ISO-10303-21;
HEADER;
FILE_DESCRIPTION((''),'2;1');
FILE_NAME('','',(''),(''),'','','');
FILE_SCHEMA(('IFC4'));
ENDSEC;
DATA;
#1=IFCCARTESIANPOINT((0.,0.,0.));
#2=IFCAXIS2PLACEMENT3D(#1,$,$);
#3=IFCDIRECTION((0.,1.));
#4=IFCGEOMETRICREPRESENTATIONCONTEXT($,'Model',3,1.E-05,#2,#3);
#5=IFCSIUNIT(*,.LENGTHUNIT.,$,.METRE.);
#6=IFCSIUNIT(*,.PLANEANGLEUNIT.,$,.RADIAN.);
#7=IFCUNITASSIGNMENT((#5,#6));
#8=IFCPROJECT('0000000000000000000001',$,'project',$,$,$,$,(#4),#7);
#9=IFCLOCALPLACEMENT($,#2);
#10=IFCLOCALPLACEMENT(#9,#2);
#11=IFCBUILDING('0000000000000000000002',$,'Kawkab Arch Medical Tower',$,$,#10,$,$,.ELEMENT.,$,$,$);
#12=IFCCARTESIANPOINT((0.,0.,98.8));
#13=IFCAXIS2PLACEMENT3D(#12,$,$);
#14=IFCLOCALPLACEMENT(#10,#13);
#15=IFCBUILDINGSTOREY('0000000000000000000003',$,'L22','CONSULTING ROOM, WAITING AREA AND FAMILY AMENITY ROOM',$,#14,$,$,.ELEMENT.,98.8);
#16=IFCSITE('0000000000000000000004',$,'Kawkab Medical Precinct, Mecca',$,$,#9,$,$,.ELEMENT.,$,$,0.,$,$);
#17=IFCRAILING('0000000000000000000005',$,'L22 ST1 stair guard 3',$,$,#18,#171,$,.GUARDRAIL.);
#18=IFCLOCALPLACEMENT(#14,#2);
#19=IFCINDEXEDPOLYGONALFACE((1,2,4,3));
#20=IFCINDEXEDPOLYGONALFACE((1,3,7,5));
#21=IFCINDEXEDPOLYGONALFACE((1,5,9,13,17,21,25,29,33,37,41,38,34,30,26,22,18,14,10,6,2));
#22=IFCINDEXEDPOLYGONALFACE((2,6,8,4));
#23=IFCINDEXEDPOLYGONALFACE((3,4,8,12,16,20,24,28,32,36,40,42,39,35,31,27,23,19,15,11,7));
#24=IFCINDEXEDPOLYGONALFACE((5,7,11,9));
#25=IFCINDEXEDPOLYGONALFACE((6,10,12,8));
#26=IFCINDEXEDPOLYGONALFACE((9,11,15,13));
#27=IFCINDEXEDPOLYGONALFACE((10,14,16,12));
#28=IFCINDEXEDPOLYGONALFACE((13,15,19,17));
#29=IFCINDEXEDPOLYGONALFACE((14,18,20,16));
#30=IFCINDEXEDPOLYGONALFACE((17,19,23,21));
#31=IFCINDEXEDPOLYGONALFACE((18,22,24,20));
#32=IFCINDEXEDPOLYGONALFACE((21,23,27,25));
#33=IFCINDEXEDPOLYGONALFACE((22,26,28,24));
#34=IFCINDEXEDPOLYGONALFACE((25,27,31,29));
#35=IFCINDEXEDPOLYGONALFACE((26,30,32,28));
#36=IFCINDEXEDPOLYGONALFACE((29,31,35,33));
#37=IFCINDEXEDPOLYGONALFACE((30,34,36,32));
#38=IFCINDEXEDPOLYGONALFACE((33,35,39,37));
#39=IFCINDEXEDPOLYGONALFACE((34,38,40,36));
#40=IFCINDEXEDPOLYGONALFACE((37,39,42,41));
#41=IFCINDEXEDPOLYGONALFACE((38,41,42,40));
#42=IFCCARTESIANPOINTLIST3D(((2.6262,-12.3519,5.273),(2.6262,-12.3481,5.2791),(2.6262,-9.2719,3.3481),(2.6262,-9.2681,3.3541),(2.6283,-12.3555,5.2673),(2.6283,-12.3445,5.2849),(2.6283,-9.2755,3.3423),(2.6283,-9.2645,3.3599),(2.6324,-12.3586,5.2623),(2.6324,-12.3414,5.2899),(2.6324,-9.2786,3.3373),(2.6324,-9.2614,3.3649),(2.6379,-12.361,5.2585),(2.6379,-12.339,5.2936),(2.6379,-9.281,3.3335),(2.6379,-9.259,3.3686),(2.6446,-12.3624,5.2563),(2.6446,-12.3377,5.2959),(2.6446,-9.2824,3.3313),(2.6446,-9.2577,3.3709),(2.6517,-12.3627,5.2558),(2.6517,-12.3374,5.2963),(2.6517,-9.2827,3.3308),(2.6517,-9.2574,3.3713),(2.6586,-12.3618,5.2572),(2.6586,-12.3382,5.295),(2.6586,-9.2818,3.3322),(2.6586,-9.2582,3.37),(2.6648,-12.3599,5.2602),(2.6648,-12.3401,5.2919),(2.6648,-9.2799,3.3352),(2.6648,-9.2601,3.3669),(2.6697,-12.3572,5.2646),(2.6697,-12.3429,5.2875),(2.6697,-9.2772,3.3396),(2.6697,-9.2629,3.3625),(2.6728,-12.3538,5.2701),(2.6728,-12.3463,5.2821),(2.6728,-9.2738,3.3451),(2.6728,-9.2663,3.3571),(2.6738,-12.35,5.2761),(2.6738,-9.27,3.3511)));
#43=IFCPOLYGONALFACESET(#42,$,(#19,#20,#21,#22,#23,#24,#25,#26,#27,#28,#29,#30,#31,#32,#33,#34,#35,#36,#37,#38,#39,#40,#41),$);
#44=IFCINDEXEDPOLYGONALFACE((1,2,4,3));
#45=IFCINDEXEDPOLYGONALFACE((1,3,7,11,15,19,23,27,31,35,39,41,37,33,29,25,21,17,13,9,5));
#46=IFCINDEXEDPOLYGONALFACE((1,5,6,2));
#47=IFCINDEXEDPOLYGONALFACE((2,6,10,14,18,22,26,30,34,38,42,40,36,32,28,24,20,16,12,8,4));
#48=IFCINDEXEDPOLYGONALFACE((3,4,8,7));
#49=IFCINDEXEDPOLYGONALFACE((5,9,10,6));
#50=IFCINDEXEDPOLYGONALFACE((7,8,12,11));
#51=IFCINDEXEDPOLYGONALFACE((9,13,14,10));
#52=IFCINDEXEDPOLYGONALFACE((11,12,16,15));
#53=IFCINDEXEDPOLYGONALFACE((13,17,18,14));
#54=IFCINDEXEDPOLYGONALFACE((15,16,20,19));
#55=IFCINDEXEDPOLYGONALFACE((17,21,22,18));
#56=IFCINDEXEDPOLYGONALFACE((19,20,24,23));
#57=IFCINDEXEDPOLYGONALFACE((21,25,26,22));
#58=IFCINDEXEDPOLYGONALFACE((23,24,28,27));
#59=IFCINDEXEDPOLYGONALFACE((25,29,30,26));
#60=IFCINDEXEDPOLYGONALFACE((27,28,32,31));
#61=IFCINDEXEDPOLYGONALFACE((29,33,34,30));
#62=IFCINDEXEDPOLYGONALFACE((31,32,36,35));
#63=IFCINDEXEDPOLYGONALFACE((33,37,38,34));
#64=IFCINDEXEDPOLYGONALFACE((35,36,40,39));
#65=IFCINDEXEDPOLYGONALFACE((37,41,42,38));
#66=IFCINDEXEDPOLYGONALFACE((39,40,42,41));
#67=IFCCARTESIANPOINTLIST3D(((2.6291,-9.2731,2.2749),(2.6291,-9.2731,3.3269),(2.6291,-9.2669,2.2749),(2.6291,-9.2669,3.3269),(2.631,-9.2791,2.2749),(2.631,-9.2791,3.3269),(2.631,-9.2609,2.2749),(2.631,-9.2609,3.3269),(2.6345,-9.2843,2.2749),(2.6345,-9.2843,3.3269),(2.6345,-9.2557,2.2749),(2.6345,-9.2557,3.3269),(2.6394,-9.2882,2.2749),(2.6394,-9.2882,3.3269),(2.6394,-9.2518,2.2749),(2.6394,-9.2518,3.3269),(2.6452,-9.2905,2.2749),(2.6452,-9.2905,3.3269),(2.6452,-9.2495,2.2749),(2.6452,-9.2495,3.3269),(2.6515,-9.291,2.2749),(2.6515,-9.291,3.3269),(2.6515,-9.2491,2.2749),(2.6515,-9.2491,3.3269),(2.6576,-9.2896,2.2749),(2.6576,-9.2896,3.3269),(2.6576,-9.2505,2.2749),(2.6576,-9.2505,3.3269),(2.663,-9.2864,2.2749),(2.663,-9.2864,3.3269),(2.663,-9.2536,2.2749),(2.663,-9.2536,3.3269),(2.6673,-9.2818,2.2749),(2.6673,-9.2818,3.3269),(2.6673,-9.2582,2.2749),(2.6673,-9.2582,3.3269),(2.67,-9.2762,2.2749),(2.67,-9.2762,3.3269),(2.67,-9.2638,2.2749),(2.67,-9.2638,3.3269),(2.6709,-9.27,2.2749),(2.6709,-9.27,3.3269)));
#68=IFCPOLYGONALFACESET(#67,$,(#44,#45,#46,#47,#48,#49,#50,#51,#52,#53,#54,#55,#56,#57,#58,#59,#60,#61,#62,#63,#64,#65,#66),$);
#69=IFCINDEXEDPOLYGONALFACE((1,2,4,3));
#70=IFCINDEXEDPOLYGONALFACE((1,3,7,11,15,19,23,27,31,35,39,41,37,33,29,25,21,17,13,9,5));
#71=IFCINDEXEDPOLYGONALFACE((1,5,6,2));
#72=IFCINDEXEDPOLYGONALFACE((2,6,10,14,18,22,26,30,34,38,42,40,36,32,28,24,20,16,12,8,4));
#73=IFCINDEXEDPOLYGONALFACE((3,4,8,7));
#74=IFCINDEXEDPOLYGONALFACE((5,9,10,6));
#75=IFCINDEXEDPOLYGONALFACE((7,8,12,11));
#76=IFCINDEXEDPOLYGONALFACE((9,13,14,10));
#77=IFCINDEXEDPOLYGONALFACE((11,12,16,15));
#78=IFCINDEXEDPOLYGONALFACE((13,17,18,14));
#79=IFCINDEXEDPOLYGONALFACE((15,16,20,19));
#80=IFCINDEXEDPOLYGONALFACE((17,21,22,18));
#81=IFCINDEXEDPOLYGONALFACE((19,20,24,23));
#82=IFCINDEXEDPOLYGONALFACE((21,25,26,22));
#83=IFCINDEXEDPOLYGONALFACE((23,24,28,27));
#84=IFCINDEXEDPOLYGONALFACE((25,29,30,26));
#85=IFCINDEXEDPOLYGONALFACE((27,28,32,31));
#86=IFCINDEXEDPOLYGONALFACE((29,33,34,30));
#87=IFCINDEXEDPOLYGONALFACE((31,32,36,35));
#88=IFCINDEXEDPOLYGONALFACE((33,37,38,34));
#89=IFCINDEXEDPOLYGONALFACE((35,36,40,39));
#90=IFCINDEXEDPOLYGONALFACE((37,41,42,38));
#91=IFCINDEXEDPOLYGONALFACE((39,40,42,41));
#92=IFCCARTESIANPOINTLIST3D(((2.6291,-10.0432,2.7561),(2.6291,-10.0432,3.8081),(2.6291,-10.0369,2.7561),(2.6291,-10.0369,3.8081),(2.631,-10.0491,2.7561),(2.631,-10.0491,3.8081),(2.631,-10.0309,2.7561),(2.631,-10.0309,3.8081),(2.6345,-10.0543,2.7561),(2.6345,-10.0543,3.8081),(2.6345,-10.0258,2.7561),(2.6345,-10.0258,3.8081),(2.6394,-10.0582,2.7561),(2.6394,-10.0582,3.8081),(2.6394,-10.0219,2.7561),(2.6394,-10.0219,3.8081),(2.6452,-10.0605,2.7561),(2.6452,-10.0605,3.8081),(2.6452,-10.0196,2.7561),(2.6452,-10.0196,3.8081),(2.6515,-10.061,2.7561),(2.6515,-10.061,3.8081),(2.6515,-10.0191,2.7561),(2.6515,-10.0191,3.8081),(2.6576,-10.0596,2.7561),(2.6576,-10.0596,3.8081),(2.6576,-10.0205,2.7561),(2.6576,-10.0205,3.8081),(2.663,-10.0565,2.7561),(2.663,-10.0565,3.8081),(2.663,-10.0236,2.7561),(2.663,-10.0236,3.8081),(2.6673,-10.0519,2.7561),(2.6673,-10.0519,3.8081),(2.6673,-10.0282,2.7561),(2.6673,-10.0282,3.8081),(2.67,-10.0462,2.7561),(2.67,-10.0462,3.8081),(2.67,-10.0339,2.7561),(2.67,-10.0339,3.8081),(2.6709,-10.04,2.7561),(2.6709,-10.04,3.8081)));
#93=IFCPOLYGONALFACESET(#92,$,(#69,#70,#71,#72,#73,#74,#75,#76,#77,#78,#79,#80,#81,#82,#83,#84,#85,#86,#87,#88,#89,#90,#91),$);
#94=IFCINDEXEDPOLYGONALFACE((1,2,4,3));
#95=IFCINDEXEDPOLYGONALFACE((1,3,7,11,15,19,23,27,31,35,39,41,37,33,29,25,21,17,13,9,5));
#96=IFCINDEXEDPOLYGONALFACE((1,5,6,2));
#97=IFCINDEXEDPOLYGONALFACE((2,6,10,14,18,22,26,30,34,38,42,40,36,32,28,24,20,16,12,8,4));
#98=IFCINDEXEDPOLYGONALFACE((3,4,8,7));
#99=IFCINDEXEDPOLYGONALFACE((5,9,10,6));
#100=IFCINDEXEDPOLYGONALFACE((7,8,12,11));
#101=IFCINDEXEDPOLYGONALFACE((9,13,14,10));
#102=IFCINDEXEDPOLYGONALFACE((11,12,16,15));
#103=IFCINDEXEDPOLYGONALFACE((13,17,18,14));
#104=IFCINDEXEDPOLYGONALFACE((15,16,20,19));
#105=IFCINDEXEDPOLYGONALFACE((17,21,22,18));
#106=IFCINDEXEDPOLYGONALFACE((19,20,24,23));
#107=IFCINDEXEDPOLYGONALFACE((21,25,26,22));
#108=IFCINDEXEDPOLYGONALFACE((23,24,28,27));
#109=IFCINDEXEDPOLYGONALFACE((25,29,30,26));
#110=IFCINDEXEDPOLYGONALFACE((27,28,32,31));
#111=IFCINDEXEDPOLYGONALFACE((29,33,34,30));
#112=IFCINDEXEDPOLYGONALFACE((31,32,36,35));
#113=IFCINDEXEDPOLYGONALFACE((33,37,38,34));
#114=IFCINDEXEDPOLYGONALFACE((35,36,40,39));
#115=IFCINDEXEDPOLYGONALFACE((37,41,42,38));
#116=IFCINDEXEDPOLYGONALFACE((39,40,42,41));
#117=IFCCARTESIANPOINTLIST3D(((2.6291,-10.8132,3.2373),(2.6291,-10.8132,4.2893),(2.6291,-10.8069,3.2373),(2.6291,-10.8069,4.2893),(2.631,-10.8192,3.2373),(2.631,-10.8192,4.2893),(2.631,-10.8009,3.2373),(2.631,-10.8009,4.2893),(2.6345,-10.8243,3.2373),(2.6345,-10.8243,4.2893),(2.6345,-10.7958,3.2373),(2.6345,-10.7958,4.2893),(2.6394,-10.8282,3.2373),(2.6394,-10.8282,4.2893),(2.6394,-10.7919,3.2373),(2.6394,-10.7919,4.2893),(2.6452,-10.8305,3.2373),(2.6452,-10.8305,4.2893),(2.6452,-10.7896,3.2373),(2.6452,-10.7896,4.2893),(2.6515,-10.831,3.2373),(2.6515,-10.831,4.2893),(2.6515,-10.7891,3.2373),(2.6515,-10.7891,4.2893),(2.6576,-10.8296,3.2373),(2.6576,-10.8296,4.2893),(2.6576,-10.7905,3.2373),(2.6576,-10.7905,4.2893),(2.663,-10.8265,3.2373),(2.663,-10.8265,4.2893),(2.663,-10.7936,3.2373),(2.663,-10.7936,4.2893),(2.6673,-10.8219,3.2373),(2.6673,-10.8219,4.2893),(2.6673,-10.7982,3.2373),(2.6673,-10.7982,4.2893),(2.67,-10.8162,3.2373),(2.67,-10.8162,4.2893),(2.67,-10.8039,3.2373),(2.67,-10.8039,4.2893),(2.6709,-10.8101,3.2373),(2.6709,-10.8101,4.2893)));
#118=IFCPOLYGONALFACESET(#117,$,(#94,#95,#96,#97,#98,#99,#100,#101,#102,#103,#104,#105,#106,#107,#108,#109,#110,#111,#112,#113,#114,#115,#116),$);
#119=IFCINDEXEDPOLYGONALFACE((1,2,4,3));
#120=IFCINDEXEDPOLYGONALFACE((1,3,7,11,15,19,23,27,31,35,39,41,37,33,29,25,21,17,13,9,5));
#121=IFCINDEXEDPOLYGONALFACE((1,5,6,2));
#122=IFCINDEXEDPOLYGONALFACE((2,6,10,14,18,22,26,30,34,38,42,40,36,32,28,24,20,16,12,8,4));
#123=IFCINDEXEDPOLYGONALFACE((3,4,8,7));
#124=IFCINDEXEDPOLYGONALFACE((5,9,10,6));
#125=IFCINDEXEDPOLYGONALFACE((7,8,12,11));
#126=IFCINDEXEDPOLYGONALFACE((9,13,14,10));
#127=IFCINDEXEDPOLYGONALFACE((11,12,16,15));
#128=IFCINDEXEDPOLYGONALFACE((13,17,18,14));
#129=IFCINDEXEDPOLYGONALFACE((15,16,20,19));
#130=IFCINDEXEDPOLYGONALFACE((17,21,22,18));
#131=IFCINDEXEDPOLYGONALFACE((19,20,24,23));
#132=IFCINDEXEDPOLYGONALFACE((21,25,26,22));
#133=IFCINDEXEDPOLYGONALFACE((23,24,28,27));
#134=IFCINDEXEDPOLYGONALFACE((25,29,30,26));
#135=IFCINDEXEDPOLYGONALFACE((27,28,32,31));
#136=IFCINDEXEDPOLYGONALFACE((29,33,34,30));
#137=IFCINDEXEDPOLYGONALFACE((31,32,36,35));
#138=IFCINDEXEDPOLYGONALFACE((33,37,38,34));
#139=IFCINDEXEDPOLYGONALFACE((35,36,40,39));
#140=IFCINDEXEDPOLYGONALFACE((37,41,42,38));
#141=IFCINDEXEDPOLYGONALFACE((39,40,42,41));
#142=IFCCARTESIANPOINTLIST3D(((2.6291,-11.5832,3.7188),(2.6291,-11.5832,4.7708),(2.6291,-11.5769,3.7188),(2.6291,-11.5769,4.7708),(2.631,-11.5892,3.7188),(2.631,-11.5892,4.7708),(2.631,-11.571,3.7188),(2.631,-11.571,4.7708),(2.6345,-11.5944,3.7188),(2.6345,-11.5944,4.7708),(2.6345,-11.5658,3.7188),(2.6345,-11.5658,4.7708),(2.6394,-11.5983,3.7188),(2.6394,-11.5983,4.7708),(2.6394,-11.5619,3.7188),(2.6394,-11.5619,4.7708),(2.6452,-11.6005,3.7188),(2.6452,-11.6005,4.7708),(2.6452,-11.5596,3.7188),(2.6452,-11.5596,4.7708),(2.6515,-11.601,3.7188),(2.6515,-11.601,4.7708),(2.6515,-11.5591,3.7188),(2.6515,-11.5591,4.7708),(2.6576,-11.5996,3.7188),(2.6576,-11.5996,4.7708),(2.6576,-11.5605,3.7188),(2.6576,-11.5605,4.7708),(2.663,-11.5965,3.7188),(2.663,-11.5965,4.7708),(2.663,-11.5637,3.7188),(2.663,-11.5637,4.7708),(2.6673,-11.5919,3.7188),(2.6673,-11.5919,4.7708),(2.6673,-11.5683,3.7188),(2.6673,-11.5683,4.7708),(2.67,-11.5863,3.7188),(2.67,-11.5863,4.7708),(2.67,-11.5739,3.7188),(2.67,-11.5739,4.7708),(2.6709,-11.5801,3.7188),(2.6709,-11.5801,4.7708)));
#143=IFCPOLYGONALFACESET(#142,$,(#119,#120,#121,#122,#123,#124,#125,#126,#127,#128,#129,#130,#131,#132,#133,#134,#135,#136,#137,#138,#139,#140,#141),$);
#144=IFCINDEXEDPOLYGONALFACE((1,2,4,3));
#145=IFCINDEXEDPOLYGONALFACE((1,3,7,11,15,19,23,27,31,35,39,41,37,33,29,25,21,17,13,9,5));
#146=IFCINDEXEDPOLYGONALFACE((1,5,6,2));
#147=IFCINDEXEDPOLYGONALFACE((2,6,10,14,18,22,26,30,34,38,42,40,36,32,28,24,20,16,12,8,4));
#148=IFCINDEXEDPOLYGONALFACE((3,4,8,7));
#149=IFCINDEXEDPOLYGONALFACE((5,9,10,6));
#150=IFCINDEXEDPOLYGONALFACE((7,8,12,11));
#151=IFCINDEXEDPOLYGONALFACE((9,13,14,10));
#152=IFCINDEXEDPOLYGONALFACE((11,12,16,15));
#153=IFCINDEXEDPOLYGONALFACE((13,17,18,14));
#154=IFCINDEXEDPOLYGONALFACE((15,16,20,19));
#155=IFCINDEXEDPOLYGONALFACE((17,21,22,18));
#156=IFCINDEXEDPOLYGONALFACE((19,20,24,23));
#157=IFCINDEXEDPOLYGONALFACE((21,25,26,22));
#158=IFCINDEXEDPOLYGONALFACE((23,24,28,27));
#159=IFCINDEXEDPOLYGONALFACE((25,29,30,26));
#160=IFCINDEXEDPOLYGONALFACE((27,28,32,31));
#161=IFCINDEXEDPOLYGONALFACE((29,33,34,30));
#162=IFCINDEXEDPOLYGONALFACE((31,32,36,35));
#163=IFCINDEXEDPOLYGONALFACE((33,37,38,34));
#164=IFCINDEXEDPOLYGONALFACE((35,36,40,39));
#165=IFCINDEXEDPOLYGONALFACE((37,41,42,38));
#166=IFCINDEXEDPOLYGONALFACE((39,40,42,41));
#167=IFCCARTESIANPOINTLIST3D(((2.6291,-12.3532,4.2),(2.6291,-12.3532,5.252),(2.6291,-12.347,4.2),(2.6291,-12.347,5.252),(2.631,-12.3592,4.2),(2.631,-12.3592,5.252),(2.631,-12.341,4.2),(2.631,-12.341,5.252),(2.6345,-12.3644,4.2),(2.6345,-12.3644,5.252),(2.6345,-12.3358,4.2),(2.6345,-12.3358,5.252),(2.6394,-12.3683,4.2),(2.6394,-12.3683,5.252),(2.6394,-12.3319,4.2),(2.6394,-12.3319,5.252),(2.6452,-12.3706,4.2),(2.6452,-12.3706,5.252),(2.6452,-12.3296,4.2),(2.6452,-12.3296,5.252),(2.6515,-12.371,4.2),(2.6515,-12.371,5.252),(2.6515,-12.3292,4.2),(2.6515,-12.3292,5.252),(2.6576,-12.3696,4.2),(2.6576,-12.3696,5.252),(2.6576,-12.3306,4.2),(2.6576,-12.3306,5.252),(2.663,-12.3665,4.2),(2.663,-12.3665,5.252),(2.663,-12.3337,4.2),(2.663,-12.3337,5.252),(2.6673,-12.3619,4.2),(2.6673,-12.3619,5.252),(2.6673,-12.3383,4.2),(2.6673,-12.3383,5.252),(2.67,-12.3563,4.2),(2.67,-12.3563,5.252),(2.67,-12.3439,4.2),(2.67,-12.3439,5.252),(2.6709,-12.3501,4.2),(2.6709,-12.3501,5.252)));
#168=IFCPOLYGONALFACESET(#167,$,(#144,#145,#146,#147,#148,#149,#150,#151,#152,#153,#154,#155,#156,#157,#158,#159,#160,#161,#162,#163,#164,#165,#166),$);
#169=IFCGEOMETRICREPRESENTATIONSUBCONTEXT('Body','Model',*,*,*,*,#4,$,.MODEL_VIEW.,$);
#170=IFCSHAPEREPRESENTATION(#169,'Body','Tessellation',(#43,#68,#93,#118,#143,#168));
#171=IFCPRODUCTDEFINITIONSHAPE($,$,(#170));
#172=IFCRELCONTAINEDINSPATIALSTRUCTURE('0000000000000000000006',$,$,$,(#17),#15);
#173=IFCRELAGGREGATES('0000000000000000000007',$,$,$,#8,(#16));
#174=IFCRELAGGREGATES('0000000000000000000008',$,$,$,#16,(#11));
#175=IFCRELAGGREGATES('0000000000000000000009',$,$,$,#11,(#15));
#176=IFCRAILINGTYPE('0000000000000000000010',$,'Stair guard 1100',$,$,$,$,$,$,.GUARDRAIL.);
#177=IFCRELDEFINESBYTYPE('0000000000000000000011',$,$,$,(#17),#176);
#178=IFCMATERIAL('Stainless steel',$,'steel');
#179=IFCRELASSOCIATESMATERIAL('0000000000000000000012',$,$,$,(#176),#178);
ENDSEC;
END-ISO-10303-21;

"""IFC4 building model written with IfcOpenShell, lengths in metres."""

from ifc_helpers import new_model, si_unit, direction, frame, origin, origin_2d, place, context, subcontext, project, spatial, circle, extrude, material, type_object, element, save


model = new_model("IFC4")

# Units and contexts
model_context = context("Model", 3, precision=1e-05, world=origin(), true_north=direction((0.0, 1.0)))
body_context = subcontext(model_context, "Body", "Model", "MODEL_VIEW")
ifc_project = project(units=[si_unit("LENGTHUNIT", "METRE"), si_unit("PLANEANGLEUNIT", "RADIAN")], contexts=[model_context])

# Site, building, storey
site_placement = place(None, origin())
site = spatial("IfcSite", under=ifc_project, at=site_placement, Name="Kawkab Medical Precinct, Mecca", CompositionType="ELEMENT", RefElevation=0.0)
building_placement = place(site_placement, origin())
building = spatial("IfcBuilding", under=site, at=building_placement, Name="Kawkab Arch Medical Tower", CompositionType="ELEMENT")
storey_placement = place(building_placement, frame((0.0, 0.0, 98.8)))
storey = spatial("IfcBuildingStorey", under=building, at=storey_placement, Name="L22", Description="CONSULTING ROOM, WAITING AREA AND FAMILY AMENITY ROOM", CompositionType="ELEMENT", Elevation=98.8)

# Railing
ifc_material_1 = material(Name="Stainless steel", Category="steel")
railing_type = type_object("IfcRailingType", Name="Stair guard 1100", PredefinedType="GUARDRAIL", material=ifc_material_1)
railing_1_placement = place(storey_placement, frame((2.6499, -9.27, 2.2749)))
element("IfcRailing", 1, at=railing_1_placement, inside=storey, type_object=railing_type, Name="L22 ST1 stair guard 3", PredefinedType="GUARDRAIL", context=body_context, shape_type="SweptSolid", body=[
    extrude(circle(Radius=0.0239, at=origin_2d()), frame((0.0, 0.0, 1.0762), z_axis=(0.0, -0.847998, 0.529999), x_axis=(1.0, 0.0, 0.0)), (0.0, 0.0, 1.0), 3.6321),
    extrude(circle(Radius=0.021, at=origin_2d()), origin(), (0.0, 0.0, 1.0), 1.052),
    extrude(circle(Radius=0.021, at=origin_2d()), frame((0.0, -0.77, 0.4812)), (0.0, 0.0, 1.0), 1.052),
    extrude(circle(Radius=0.021, at=origin_2d()), frame((0.0, -1.54, 0.9624)), (0.0, 0.0, 1.0), 1.052),
    extrude(circle(Radius=0.021, at=origin_2d()), frame((0.0, -2.3101, 1.4438)), (0.0, 0.0, 1.0), 1.052),
    extrude(circle(Radius=0.021, at=origin_2d()), frame((0.0, -3.0801, 1.925)), (0.0, 0.0, 1.0), 1.052),
])

save(model, "model.ifc")
